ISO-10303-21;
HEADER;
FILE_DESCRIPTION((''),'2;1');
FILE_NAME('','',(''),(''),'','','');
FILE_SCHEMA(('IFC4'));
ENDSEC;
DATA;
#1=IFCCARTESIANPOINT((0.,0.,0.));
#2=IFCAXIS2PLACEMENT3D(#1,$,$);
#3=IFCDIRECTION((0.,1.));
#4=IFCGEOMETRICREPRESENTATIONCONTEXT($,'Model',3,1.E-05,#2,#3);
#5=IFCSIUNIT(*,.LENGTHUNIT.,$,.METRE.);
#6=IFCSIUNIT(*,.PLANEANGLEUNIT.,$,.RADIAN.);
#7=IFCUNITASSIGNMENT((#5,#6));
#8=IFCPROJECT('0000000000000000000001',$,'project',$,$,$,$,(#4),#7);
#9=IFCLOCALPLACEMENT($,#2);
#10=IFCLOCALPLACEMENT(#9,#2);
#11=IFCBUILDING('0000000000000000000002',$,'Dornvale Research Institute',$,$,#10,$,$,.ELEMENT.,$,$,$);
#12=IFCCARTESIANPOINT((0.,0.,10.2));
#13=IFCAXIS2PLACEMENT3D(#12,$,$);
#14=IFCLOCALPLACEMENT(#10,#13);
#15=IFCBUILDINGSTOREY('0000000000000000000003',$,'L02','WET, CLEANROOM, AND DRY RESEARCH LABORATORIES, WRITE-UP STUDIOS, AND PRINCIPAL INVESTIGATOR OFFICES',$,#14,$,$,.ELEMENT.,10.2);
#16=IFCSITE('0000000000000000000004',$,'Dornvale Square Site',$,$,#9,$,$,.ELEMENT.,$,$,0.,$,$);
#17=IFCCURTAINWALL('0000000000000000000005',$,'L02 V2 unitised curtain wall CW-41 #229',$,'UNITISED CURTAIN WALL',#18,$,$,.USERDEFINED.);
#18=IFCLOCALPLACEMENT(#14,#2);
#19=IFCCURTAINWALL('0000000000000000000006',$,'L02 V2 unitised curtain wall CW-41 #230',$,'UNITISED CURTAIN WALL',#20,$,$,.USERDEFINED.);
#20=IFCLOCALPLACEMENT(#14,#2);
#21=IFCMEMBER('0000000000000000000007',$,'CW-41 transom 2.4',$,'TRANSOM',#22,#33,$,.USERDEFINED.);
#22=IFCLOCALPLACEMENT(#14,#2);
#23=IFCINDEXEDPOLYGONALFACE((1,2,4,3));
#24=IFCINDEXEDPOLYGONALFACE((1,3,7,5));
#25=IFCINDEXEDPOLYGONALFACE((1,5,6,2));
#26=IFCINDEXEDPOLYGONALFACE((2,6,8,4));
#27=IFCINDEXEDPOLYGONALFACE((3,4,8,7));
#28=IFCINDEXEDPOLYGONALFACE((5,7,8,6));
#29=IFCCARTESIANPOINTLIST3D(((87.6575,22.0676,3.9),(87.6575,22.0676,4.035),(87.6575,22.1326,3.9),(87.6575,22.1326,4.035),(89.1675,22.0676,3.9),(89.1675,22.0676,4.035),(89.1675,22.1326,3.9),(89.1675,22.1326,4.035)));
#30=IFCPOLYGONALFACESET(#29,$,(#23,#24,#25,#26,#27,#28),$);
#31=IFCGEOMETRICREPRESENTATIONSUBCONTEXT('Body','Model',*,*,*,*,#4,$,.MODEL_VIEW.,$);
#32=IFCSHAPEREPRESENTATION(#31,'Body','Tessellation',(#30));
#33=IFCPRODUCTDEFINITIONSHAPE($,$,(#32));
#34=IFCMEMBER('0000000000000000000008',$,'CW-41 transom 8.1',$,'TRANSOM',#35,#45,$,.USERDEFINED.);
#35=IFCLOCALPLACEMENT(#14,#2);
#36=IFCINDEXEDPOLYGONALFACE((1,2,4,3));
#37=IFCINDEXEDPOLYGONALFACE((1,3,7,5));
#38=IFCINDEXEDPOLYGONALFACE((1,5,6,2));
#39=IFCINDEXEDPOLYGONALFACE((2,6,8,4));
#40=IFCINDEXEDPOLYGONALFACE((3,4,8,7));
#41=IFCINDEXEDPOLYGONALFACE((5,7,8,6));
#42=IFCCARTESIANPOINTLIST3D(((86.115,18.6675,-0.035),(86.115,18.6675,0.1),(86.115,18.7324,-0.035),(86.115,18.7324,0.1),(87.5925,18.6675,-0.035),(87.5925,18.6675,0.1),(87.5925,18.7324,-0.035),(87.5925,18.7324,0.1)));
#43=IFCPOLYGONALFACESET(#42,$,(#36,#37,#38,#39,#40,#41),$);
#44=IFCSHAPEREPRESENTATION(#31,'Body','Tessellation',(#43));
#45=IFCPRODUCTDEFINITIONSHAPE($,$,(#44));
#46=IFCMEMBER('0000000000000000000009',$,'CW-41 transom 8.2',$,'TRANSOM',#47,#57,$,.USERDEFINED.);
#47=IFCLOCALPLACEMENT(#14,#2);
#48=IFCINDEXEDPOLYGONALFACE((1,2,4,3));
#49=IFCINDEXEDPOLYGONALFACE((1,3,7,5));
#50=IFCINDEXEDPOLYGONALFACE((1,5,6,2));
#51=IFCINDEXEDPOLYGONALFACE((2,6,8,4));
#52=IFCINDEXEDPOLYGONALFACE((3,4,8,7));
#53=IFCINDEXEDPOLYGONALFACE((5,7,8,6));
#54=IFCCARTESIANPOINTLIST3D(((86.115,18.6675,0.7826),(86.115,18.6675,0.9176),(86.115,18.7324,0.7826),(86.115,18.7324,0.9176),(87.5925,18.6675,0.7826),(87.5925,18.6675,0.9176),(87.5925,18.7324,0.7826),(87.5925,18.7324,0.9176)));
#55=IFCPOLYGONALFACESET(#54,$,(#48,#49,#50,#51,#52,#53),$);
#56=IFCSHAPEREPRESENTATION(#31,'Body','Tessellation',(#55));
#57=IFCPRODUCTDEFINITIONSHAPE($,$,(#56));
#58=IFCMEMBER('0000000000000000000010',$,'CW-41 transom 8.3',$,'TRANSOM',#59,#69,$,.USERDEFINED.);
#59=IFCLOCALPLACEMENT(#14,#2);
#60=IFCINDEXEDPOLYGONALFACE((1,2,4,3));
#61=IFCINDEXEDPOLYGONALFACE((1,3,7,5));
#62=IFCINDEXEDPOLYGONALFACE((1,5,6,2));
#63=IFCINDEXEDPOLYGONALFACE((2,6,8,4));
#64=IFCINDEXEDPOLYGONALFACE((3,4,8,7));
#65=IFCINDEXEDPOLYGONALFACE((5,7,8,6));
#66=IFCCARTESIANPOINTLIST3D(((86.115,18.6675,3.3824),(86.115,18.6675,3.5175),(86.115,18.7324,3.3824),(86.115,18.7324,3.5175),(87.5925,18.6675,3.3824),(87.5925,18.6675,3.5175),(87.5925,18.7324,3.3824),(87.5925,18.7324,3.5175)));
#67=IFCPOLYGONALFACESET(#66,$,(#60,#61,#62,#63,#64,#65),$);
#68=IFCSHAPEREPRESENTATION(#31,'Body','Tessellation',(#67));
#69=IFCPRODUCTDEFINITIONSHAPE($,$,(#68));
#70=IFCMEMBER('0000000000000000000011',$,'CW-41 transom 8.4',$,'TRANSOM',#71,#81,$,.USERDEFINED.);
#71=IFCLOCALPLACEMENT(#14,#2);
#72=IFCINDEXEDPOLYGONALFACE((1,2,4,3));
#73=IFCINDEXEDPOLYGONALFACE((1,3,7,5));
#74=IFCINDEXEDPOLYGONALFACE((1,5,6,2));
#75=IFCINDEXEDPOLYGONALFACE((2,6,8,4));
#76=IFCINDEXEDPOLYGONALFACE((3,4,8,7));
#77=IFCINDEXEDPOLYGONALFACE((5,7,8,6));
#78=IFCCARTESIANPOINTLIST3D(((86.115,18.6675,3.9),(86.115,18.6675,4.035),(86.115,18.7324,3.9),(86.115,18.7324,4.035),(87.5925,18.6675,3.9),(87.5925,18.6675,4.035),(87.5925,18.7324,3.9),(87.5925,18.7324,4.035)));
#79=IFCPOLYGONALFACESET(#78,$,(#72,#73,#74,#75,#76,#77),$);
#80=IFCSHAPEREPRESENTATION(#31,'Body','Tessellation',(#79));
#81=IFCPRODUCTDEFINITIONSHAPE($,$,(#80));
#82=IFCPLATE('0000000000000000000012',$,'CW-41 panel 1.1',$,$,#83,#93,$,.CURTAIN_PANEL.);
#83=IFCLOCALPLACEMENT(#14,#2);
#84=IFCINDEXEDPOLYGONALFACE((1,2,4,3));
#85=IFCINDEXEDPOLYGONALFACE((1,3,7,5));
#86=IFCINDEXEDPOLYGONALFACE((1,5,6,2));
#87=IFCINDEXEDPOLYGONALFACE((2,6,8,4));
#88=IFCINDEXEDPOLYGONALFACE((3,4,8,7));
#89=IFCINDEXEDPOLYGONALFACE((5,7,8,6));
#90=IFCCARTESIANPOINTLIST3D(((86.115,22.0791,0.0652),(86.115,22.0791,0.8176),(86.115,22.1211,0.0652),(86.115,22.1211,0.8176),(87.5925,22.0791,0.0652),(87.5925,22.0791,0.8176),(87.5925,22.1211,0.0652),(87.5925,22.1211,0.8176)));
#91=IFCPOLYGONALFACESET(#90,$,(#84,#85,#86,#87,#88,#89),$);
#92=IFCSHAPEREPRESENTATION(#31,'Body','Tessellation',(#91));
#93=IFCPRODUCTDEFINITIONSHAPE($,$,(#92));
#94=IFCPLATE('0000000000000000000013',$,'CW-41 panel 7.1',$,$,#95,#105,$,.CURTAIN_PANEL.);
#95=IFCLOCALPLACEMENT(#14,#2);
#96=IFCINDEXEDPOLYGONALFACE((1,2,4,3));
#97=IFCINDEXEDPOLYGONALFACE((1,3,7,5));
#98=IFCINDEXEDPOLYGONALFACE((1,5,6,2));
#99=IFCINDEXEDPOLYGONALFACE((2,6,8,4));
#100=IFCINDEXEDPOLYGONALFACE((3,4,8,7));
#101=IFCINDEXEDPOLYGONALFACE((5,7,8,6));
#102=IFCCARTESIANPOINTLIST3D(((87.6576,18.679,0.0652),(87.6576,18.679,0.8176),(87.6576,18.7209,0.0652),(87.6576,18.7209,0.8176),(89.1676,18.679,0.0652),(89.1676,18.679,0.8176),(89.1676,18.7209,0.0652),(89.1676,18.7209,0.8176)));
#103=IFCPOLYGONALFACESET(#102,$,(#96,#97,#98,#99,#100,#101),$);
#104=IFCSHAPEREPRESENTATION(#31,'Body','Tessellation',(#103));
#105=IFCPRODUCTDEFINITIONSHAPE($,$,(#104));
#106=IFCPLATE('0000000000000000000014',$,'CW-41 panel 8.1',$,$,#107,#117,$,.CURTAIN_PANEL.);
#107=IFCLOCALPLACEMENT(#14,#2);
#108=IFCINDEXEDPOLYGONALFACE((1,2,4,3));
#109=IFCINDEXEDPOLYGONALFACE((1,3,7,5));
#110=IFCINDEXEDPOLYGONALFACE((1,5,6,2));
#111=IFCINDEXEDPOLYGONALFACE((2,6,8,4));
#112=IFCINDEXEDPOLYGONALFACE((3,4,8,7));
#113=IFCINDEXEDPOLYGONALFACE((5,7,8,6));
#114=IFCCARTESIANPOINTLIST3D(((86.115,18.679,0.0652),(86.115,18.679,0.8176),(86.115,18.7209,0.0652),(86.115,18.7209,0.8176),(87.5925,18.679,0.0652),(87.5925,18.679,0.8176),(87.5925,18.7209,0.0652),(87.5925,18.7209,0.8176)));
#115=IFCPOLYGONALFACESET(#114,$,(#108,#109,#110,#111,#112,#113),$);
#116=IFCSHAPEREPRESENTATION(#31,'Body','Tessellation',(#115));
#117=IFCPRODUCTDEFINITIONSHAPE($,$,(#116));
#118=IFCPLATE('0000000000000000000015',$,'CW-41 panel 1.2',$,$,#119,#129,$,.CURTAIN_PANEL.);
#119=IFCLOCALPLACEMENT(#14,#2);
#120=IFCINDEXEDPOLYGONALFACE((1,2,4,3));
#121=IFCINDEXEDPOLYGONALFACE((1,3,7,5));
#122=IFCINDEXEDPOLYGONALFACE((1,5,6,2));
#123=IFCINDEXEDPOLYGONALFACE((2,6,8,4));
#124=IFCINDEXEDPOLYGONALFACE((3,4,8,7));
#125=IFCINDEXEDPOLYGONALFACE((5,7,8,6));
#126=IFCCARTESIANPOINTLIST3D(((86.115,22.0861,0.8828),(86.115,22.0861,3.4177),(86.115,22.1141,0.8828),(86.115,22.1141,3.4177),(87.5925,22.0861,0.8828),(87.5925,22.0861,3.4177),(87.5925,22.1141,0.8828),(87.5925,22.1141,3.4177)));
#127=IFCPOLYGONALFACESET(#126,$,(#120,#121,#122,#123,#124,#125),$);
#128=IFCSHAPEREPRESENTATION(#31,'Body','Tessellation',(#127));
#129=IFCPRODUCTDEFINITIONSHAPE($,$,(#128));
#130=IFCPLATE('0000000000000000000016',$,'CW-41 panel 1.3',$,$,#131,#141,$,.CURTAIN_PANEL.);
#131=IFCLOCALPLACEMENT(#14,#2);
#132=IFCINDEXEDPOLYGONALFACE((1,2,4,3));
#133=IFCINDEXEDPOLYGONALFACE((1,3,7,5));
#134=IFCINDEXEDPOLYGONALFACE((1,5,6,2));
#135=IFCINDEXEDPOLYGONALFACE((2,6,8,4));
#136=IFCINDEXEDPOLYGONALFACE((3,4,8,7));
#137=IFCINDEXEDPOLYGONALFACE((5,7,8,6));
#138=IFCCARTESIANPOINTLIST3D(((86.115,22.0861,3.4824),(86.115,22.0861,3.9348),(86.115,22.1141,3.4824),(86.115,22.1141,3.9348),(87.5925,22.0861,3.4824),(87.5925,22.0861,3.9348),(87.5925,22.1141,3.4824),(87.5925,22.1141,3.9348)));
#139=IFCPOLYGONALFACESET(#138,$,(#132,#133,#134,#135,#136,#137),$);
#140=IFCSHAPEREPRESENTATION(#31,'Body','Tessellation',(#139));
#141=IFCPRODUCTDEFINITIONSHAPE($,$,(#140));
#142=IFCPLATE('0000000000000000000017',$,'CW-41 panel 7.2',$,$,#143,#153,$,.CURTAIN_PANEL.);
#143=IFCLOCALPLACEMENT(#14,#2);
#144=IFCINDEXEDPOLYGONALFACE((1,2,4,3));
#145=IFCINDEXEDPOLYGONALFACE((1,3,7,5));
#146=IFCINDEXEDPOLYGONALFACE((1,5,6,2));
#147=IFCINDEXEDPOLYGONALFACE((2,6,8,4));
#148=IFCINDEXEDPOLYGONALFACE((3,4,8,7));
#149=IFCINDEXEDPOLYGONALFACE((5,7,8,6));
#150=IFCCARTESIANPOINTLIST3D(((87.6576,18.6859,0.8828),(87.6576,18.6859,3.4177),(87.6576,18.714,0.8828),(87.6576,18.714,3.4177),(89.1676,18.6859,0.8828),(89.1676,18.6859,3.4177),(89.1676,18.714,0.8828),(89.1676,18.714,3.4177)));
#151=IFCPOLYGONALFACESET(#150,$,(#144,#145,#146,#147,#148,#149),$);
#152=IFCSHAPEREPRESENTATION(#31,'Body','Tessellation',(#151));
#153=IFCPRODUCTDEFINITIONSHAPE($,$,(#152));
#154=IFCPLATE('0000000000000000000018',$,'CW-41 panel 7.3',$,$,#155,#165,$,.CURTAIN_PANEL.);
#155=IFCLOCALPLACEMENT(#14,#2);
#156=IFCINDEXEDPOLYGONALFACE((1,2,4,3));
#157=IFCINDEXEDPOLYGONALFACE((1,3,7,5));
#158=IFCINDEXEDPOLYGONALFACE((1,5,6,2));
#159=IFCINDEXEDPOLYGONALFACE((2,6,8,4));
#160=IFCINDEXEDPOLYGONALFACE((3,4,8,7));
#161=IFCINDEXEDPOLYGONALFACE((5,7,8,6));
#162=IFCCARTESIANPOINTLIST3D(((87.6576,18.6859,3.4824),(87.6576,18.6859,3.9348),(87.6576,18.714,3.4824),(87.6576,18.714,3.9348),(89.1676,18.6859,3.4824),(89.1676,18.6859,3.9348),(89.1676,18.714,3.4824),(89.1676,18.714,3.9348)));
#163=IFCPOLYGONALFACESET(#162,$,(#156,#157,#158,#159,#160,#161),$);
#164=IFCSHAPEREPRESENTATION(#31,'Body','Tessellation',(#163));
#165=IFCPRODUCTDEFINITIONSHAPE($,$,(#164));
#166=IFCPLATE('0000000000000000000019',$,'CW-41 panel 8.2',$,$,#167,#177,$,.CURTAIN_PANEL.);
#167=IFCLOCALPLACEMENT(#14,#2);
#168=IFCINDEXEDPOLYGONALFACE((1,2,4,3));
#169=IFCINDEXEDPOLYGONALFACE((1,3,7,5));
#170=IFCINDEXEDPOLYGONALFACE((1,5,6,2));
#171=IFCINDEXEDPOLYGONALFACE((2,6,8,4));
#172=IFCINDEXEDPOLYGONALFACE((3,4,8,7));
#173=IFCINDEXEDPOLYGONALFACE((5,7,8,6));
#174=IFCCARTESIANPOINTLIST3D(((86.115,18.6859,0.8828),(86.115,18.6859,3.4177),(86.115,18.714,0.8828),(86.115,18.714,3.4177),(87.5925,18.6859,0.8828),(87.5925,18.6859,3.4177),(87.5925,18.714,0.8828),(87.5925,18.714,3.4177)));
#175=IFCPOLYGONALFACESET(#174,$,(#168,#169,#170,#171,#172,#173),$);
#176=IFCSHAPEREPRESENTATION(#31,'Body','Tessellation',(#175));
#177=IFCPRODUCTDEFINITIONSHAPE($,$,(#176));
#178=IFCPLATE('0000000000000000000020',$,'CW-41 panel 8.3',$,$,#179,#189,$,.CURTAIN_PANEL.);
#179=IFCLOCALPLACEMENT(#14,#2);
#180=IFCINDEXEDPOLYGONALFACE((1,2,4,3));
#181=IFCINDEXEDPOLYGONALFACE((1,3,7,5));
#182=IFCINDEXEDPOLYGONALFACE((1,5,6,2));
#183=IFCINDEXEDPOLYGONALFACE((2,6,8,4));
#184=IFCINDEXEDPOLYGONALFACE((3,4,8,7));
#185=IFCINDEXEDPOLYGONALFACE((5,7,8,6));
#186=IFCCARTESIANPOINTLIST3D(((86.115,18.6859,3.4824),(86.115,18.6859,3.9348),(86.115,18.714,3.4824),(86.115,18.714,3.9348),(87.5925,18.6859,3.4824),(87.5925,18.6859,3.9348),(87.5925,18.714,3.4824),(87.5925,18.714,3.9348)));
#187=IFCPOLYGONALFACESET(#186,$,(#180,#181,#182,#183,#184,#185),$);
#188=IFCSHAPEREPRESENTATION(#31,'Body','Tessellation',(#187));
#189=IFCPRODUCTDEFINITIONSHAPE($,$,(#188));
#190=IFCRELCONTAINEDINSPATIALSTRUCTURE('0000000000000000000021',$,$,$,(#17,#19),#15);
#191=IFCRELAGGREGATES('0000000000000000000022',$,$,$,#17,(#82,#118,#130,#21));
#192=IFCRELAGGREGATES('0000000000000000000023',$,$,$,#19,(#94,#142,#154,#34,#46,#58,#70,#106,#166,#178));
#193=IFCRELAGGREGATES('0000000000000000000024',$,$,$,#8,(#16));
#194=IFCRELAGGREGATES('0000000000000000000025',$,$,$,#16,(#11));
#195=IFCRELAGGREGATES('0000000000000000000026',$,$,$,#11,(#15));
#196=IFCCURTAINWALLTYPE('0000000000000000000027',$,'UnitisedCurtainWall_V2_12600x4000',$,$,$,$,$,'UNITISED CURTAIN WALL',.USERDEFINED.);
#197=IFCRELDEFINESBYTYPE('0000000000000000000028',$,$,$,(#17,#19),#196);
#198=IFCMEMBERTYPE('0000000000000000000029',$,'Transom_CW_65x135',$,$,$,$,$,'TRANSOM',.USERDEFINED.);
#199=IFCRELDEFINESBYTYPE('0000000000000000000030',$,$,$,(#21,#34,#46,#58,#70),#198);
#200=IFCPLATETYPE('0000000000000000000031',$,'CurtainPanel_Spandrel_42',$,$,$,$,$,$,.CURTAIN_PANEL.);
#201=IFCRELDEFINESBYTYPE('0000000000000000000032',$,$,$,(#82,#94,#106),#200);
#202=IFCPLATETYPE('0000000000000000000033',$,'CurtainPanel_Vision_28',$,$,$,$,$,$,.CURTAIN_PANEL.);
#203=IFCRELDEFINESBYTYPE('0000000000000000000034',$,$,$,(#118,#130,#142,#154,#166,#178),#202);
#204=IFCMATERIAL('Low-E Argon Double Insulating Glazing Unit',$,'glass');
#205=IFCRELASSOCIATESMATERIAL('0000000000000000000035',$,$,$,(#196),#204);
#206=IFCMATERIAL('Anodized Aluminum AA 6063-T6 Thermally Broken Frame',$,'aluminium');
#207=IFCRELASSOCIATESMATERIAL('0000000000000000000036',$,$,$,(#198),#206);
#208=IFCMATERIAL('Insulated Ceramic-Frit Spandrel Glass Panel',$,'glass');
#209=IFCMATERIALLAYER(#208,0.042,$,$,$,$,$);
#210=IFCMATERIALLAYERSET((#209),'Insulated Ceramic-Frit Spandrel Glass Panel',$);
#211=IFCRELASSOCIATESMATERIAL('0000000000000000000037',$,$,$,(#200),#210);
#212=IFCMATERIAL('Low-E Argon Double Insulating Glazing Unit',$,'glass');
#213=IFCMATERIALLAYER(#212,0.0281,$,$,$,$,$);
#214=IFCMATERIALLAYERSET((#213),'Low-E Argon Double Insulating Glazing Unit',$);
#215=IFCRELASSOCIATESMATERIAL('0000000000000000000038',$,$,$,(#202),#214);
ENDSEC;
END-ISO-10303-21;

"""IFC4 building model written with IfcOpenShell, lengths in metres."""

from ifc_helpers import new_model, si_unit, direction, frame, origin, origin_2d, place, context, subcontext, project, spatial, rectangle, extrude, material, layer, layer_set, material_profile, profile_set, type_object, element, aggregate, save


model = new_model("IFC4")

# Units and contexts
model_context = context("Model", 3, precision=1e-05, world=origin(), true_north=direction((0.0, 1.0)))
body_context = subcontext(model_context, "Body", "Model", "MODEL_VIEW")
ifc_project = project(units=[si_unit("LENGTHUNIT", "METRE"), si_unit("PLANEANGLEUNIT", "RADIAN")], contexts=[model_context])

# Site, building, storey
site_placement = place(None, origin())
site = spatial("IfcSite", under=ifc_project, at=site_placement, Name="Dornvale Square Site", CompositionType="ELEMENT", RefElevation=0.0)
building_placement = place(site_placement, origin())
building = spatial("IfcBuilding", under=site, at=building_placement, Name="Dornvale Research Institute", CompositionType="ELEMENT")
storey_placement = place(building_placement, frame((0.0, 0.0, 10.2)))
storey = spatial("IfcBuildingStorey", under=building, at=storey_placement, Name="L02", Description="WET, CLEANROOM, AND DRY RESEARCH LABORATORIES, WRITE-UP STUDIOS, AND PRINCIPAL INVESTIGATOR OFFICES", CompositionType="ELEMENT", Elevation=10.2)

# Curtain walls
ifc_material_1 = material(Name="Low-E Argon Double Insulating Glazing Unit", Category="glass")
curtain_wall_type = type_object("IfcCurtainWallType", Name="UnitisedCurtainWall_V2_12600x4000", ElementType="UNITISED CURTAIN WALL", PredefinedType="USERDEFINED", material=ifc_material_1)
curtain_wall_1_placement = place(storey_placement, origin())
curtain_wall_1 = element("IfcCurtainWall", 1, at=curtain_wall_1_placement, inside=storey, type_object=curtain_wall_type, Name="L02 V2 unitised curtain wall CW-41 #229", ObjectType="UNITISED CURTAIN WALL", PredefinedType="USERDEFINED")
curtain_wall_2_placement = place(storey_placement, origin())
curtain_wall_2 = element("IfcCurtainWall", 2, at=curtain_wall_2_placement, inside=storey, type_object=curtain_wall_type, Name="L02 V2 unitised curtain wall CW-41 #230", ObjectType="UNITISED CURTAIN WALL", PredefinedType="USERDEFINED")

# Members
ifc_material_2 = material(Name="Anodized Aluminum AA 6063-T6 Thermally Broken Frame", Category="aluminium")
ifc_material_profile_1 = material_profile(ifc_material_2, rectangle(XDim=0.0649, YDim=0.135, at=origin_2d()), Name="ALU TRANSOM 65x135")
ifc_profile_set_1 = profile_set([ifc_material_profile_1], Name="Anodized Aluminum AA 6063-T6 Thermally Broken Frame")
member_type_1 = type_object("IfcMemberType", Name="Transom_CW_65x135", ElementType="TRANSOM", PredefinedType="USERDEFINED", material=ifc_profile_set_1)
member_1_placement = place(storey_placement, frame((87.6575, 22.1001, 3.9675), z_axis=(1.0, 0.0, 0.0), x_axis=(0.0, 1.0, 0.0)))
member_1 = element("IfcMember", 3, at=member_1_placement, type_object=member_type_1, Name="CW-41 transom 2.4", ObjectType="TRANSOM", PredefinedType="USERDEFINED", context=body_context, shape_type="SweptSolid", body=[
    extrude(rectangle(XDim=0.0649, YDim=0.135, at=origin_2d()), origin(), (0.0, 0.0, 1.0), 1.51),
])
member_2_placement = place(storey_placement, frame((87.5925, 18.7, 0.0325), z_axis=(-1.0, 0.0, 0.0), x_axis=(0.0, -1.0, 0.0)))
member_2 = element("IfcMember", 4, at=member_2_placement, type_object=member_type_1, Name="CW-41 transom 8.1", ObjectType="TRANSOM", PredefinedType="USERDEFINED", context=body_context, shape_type="SweptSolid", body=[
    extrude(rectangle(XDim=0.0649, YDim=0.135, at=origin_2d()), origin(), (0.0, 0.0, 1.0), 1.4775),
])
member_3_placement = place(storey_placement, frame((87.5925, 18.7, 0.8501), z_axis=(-1.0, 0.0, 0.0), x_axis=(0.0, -1.0, 0.0)))
member_3 = element("IfcMember", 5, at=member_3_placement, type_object=member_type_1, Name="CW-41 transom 8.2", ObjectType="TRANSOM", PredefinedType="USERDEFINED", context=body_context, shape_type="SweptSolid", body=[
    extrude(rectangle(XDim=0.0649, YDim=0.135, at=origin_2d()), origin(), (0.0, 0.0, 1.0), 1.4775),
])
member_4_placement = place(storey_placement, frame((87.5925, 18.7, 3.45), z_axis=(-1.0, 0.0, 0.0), x_axis=(0.0, -1.0, 0.0)))
member_4 = element("IfcMember", 6, at=member_4_placement, type_object=member_type_1, Name="CW-41 transom 8.3", ObjectType="TRANSOM", PredefinedType="USERDEFINED", context=body_context, shape_type="SweptSolid", body=[
    extrude(rectangle(XDim=0.0649, YDim=0.135, at=origin_2d()), origin(), (0.0, 0.0, 1.0), 1.4775),
])
member_5_placement = place(storey_placement, frame((87.5925, 18.7, 3.9675), z_axis=(-1.0, 0.0, 0.0), x_axis=(0.0, -1.0, 0.0)))
member_5 = element("IfcMember", 7, at=member_5_placement, type_object=member_type_1, Name="CW-41 transom 8.4", ObjectType="TRANSOM", PredefinedType="USERDEFINED", context=body_context, shape_type="SweptSolid", body=[
    extrude(rectangle(XDim=0.0649, YDim=0.135, at=origin_2d()), origin(), (0.0, 0.0, 1.0), 1.4775),
])

# Plates
ifc_material_3 = material(Name="Insulated Ceramic-Frit Spandrel Glass Panel", Category="glass")
ifc_layer_1 = layer(ifc_material_3, 0.042)
ifc_layer_set_1 = layer_set([ifc_layer_1], Name="Insulated Ceramic-Frit Spandrel Glass Panel")
plate_type_1 = type_object("IfcPlateType", Name="CurtainPanel_Spandrel_42", PredefinedType="CURTAIN_PANEL", material=ifc_layer_set_1)
plate_1_placement = place(storey_placement, frame((86.8538, 22.1001, 0.0652), z_axis=(0.0, 0.0, 1.0), x_axis=(1.0, 0.0, 0.0)))
plate_1 = element("IfcPlate", 8, at=plate_1_placement, type_object=plate_type_1, Name="CW-41 panel 1.1", PredefinedType="CURTAIN_PANEL", context=body_context, shape_type="SweptSolid", body=[
    extrude(rectangle(XDim=1.4775, YDim=0.042, at=origin_2d()), origin(), (0.0, 0.0, 1.0), 0.7524),
])
plate_2_placement = place(storey_placement, frame((88.4126, 18.7, 0.0652), z_axis=(0.0, 0.0, 1.0), x_axis=(-1.0, 0.0, 0.0)))
plate_2 = element("IfcPlate", 9, at=plate_2_placement, type_object=plate_type_1, Name="CW-41 panel 7.1", PredefinedType="CURTAIN_PANEL", context=body_context, shape_type="SweptSolid", body=[
    extrude(rectangle(XDim=1.51, YDim=0.042, at=origin_2d()), origin(), (0.0, 0.0, 1.0), 0.7524),
])
plate_3_placement = place(storey_placement, frame((86.8538, 18.7, 0.0652), z_axis=(0.0, 0.0, 1.0), x_axis=(-1.0, 0.0, 0.0)))
plate_3 = element("IfcPlate", 10, at=plate_3_placement, type_object=plate_type_1, Name="CW-41 panel 8.1", PredefinedType="CURTAIN_PANEL", context=body_context, shape_type="SweptSolid", body=[
    extrude(rectangle(XDim=1.4775, YDim=0.042, at=origin_2d()), origin(), (0.0, 0.0, 1.0), 0.7524),
])
ifc_material_4 = material(Name="Low-E Argon Double Insulating Glazing Unit", Category="glass")
ifc_layer_2 = layer(ifc_material_4, 0.0281)
ifc_layer_set_2 = layer_set([ifc_layer_2], Name="Low-E Argon Double Insulating Glazing Unit")
plate_type_2 = type_object("IfcPlateType", Name="CurtainPanel_Vision_28", PredefinedType="CURTAIN_PANEL", material=ifc_layer_set_2)
plate_4_placement = place(storey_placement, frame((86.8538, 22.1001, 0.8828), z_axis=(0.0, 0.0, 1.0), x_axis=(1.0, 0.0, 0.0)))
plate_4 = element("IfcPlate", 11, at=plate_4_placement, type_object=plate_type_2, Name="CW-41 panel 1.2", PredefinedType="CURTAIN_PANEL", context=body_context, shape_type="SweptSolid", body=[
    extrude(rectangle(XDim=1.4775, YDim=0.0281, at=origin_2d()), origin(), (0.0, 0.0, 1.0), 2.5349),
])
plate_5_placement = place(storey_placement, frame((86.8538, 22.1001, 3.4824), z_axis=(0.0, 0.0, 1.0), x_axis=(1.0, 0.0, 0.0)))
plate_5 = element("IfcPlate", 12, at=plate_5_placement, type_object=plate_type_2, Name="CW-41 panel 1.3", PredefinedType="CURTAIN_PANEL", context=body_context, shape_type="SweptSolid", body=[
    extrude(rectangle(XDim=1.4775, YDim=0.0281, at=origin_2d()), origin(), (0.0, 0.0, 1.0), 0.4524),
])
aggregate(curtain_wall_1, [plate_1, plate_4, plate_5, member_1])
plate_6_placement = place(storey_placement, frame((88.4126, 18.7, 0.8828), z_axis=(0.0, 0.0, 1.0), x_axis=(-1.0, 0.0, 0.0)))
plate_6 = element("IfcPlate", 13, at=plate_6_placement, type_object=plate_type_2, Name="CW-41 panel 7.2", PredefinedType="CURTAIN_PANEL", context=body_context, shape_type="SweptSolid", body=[
    extrude(rectangle(XDim=1.51, YDim=0.0281, at=origin_2d()), origin(), (0.0, 0.0, 1.0), 2.5349),
])
plate_7_placement = place(storey_placement, frame((88.4126, 18.7, 3.4824), z_axis=(0.0, 0.0, 1.0), x_axis=(-1.0, 0.0, 0.0)))
plate_7 = element("IfcPlate", 14, at=plate_7_placement, type_object=plate_type_2, Name="CW-41 panel 7.3", PredefinedType="CURTAIN_PANEL", context=body_context, shape_type="SweptSolid", body=[
    extrude(rectangle(XDim=1.51, YDim=0.0281, at=origin_2d()), origin(), (0.0, 0.0, 1.0), 0.4524),
])
plate_8_placement = place(storey_placement, frame((86.8538, 18.7, 0.8828), z_axis=(0.0, 0.0, 1.0), x_axis=(-1.0, 0.0, 0.0)))
plate_8 = element("IfcPlate", 15, at=plate_8_placement, type_object=plate_type_2, Name="CW-41 panel 8.2", PredefinedType="CURTAIN_PANEL", context=body_context, shape_type="SweptSolid", body=[
    extrude(rectangle(XDim=1.4775, YDim=0.0281, at=origin_2d()), origin(), (0.0, 0.0, 1.0), 2.5349),
])
plate_9_placement = place(storey_placement, frame((86.8538, 18.7, 3.4824), z_axis=(0.0, 0.0, 1.0), x_axis=(-1.0, 0.0, 0.0)))
plate_9 = element("IfcPlate", 16, at=plate_9_placement, type_object=plate_type_2, Name="CW-41 panel 8.3", PredefinedType="CURTAIN_PANEL", context=body_context, shape_type="SweptSolid", body=[
    extrude(rectangle(XDim=1.4775, YDim=0.0281, at=origin_2d()), origin(), (0.0, 0.0, 1.0), 0.4524),
])
aggregate(curtain_wall_2, [plate_2, plate_6, plate_7, member_2, member_3, member_4, member_5, plate_3, plate_8, plate_9])

save(model, "model.ifc")
